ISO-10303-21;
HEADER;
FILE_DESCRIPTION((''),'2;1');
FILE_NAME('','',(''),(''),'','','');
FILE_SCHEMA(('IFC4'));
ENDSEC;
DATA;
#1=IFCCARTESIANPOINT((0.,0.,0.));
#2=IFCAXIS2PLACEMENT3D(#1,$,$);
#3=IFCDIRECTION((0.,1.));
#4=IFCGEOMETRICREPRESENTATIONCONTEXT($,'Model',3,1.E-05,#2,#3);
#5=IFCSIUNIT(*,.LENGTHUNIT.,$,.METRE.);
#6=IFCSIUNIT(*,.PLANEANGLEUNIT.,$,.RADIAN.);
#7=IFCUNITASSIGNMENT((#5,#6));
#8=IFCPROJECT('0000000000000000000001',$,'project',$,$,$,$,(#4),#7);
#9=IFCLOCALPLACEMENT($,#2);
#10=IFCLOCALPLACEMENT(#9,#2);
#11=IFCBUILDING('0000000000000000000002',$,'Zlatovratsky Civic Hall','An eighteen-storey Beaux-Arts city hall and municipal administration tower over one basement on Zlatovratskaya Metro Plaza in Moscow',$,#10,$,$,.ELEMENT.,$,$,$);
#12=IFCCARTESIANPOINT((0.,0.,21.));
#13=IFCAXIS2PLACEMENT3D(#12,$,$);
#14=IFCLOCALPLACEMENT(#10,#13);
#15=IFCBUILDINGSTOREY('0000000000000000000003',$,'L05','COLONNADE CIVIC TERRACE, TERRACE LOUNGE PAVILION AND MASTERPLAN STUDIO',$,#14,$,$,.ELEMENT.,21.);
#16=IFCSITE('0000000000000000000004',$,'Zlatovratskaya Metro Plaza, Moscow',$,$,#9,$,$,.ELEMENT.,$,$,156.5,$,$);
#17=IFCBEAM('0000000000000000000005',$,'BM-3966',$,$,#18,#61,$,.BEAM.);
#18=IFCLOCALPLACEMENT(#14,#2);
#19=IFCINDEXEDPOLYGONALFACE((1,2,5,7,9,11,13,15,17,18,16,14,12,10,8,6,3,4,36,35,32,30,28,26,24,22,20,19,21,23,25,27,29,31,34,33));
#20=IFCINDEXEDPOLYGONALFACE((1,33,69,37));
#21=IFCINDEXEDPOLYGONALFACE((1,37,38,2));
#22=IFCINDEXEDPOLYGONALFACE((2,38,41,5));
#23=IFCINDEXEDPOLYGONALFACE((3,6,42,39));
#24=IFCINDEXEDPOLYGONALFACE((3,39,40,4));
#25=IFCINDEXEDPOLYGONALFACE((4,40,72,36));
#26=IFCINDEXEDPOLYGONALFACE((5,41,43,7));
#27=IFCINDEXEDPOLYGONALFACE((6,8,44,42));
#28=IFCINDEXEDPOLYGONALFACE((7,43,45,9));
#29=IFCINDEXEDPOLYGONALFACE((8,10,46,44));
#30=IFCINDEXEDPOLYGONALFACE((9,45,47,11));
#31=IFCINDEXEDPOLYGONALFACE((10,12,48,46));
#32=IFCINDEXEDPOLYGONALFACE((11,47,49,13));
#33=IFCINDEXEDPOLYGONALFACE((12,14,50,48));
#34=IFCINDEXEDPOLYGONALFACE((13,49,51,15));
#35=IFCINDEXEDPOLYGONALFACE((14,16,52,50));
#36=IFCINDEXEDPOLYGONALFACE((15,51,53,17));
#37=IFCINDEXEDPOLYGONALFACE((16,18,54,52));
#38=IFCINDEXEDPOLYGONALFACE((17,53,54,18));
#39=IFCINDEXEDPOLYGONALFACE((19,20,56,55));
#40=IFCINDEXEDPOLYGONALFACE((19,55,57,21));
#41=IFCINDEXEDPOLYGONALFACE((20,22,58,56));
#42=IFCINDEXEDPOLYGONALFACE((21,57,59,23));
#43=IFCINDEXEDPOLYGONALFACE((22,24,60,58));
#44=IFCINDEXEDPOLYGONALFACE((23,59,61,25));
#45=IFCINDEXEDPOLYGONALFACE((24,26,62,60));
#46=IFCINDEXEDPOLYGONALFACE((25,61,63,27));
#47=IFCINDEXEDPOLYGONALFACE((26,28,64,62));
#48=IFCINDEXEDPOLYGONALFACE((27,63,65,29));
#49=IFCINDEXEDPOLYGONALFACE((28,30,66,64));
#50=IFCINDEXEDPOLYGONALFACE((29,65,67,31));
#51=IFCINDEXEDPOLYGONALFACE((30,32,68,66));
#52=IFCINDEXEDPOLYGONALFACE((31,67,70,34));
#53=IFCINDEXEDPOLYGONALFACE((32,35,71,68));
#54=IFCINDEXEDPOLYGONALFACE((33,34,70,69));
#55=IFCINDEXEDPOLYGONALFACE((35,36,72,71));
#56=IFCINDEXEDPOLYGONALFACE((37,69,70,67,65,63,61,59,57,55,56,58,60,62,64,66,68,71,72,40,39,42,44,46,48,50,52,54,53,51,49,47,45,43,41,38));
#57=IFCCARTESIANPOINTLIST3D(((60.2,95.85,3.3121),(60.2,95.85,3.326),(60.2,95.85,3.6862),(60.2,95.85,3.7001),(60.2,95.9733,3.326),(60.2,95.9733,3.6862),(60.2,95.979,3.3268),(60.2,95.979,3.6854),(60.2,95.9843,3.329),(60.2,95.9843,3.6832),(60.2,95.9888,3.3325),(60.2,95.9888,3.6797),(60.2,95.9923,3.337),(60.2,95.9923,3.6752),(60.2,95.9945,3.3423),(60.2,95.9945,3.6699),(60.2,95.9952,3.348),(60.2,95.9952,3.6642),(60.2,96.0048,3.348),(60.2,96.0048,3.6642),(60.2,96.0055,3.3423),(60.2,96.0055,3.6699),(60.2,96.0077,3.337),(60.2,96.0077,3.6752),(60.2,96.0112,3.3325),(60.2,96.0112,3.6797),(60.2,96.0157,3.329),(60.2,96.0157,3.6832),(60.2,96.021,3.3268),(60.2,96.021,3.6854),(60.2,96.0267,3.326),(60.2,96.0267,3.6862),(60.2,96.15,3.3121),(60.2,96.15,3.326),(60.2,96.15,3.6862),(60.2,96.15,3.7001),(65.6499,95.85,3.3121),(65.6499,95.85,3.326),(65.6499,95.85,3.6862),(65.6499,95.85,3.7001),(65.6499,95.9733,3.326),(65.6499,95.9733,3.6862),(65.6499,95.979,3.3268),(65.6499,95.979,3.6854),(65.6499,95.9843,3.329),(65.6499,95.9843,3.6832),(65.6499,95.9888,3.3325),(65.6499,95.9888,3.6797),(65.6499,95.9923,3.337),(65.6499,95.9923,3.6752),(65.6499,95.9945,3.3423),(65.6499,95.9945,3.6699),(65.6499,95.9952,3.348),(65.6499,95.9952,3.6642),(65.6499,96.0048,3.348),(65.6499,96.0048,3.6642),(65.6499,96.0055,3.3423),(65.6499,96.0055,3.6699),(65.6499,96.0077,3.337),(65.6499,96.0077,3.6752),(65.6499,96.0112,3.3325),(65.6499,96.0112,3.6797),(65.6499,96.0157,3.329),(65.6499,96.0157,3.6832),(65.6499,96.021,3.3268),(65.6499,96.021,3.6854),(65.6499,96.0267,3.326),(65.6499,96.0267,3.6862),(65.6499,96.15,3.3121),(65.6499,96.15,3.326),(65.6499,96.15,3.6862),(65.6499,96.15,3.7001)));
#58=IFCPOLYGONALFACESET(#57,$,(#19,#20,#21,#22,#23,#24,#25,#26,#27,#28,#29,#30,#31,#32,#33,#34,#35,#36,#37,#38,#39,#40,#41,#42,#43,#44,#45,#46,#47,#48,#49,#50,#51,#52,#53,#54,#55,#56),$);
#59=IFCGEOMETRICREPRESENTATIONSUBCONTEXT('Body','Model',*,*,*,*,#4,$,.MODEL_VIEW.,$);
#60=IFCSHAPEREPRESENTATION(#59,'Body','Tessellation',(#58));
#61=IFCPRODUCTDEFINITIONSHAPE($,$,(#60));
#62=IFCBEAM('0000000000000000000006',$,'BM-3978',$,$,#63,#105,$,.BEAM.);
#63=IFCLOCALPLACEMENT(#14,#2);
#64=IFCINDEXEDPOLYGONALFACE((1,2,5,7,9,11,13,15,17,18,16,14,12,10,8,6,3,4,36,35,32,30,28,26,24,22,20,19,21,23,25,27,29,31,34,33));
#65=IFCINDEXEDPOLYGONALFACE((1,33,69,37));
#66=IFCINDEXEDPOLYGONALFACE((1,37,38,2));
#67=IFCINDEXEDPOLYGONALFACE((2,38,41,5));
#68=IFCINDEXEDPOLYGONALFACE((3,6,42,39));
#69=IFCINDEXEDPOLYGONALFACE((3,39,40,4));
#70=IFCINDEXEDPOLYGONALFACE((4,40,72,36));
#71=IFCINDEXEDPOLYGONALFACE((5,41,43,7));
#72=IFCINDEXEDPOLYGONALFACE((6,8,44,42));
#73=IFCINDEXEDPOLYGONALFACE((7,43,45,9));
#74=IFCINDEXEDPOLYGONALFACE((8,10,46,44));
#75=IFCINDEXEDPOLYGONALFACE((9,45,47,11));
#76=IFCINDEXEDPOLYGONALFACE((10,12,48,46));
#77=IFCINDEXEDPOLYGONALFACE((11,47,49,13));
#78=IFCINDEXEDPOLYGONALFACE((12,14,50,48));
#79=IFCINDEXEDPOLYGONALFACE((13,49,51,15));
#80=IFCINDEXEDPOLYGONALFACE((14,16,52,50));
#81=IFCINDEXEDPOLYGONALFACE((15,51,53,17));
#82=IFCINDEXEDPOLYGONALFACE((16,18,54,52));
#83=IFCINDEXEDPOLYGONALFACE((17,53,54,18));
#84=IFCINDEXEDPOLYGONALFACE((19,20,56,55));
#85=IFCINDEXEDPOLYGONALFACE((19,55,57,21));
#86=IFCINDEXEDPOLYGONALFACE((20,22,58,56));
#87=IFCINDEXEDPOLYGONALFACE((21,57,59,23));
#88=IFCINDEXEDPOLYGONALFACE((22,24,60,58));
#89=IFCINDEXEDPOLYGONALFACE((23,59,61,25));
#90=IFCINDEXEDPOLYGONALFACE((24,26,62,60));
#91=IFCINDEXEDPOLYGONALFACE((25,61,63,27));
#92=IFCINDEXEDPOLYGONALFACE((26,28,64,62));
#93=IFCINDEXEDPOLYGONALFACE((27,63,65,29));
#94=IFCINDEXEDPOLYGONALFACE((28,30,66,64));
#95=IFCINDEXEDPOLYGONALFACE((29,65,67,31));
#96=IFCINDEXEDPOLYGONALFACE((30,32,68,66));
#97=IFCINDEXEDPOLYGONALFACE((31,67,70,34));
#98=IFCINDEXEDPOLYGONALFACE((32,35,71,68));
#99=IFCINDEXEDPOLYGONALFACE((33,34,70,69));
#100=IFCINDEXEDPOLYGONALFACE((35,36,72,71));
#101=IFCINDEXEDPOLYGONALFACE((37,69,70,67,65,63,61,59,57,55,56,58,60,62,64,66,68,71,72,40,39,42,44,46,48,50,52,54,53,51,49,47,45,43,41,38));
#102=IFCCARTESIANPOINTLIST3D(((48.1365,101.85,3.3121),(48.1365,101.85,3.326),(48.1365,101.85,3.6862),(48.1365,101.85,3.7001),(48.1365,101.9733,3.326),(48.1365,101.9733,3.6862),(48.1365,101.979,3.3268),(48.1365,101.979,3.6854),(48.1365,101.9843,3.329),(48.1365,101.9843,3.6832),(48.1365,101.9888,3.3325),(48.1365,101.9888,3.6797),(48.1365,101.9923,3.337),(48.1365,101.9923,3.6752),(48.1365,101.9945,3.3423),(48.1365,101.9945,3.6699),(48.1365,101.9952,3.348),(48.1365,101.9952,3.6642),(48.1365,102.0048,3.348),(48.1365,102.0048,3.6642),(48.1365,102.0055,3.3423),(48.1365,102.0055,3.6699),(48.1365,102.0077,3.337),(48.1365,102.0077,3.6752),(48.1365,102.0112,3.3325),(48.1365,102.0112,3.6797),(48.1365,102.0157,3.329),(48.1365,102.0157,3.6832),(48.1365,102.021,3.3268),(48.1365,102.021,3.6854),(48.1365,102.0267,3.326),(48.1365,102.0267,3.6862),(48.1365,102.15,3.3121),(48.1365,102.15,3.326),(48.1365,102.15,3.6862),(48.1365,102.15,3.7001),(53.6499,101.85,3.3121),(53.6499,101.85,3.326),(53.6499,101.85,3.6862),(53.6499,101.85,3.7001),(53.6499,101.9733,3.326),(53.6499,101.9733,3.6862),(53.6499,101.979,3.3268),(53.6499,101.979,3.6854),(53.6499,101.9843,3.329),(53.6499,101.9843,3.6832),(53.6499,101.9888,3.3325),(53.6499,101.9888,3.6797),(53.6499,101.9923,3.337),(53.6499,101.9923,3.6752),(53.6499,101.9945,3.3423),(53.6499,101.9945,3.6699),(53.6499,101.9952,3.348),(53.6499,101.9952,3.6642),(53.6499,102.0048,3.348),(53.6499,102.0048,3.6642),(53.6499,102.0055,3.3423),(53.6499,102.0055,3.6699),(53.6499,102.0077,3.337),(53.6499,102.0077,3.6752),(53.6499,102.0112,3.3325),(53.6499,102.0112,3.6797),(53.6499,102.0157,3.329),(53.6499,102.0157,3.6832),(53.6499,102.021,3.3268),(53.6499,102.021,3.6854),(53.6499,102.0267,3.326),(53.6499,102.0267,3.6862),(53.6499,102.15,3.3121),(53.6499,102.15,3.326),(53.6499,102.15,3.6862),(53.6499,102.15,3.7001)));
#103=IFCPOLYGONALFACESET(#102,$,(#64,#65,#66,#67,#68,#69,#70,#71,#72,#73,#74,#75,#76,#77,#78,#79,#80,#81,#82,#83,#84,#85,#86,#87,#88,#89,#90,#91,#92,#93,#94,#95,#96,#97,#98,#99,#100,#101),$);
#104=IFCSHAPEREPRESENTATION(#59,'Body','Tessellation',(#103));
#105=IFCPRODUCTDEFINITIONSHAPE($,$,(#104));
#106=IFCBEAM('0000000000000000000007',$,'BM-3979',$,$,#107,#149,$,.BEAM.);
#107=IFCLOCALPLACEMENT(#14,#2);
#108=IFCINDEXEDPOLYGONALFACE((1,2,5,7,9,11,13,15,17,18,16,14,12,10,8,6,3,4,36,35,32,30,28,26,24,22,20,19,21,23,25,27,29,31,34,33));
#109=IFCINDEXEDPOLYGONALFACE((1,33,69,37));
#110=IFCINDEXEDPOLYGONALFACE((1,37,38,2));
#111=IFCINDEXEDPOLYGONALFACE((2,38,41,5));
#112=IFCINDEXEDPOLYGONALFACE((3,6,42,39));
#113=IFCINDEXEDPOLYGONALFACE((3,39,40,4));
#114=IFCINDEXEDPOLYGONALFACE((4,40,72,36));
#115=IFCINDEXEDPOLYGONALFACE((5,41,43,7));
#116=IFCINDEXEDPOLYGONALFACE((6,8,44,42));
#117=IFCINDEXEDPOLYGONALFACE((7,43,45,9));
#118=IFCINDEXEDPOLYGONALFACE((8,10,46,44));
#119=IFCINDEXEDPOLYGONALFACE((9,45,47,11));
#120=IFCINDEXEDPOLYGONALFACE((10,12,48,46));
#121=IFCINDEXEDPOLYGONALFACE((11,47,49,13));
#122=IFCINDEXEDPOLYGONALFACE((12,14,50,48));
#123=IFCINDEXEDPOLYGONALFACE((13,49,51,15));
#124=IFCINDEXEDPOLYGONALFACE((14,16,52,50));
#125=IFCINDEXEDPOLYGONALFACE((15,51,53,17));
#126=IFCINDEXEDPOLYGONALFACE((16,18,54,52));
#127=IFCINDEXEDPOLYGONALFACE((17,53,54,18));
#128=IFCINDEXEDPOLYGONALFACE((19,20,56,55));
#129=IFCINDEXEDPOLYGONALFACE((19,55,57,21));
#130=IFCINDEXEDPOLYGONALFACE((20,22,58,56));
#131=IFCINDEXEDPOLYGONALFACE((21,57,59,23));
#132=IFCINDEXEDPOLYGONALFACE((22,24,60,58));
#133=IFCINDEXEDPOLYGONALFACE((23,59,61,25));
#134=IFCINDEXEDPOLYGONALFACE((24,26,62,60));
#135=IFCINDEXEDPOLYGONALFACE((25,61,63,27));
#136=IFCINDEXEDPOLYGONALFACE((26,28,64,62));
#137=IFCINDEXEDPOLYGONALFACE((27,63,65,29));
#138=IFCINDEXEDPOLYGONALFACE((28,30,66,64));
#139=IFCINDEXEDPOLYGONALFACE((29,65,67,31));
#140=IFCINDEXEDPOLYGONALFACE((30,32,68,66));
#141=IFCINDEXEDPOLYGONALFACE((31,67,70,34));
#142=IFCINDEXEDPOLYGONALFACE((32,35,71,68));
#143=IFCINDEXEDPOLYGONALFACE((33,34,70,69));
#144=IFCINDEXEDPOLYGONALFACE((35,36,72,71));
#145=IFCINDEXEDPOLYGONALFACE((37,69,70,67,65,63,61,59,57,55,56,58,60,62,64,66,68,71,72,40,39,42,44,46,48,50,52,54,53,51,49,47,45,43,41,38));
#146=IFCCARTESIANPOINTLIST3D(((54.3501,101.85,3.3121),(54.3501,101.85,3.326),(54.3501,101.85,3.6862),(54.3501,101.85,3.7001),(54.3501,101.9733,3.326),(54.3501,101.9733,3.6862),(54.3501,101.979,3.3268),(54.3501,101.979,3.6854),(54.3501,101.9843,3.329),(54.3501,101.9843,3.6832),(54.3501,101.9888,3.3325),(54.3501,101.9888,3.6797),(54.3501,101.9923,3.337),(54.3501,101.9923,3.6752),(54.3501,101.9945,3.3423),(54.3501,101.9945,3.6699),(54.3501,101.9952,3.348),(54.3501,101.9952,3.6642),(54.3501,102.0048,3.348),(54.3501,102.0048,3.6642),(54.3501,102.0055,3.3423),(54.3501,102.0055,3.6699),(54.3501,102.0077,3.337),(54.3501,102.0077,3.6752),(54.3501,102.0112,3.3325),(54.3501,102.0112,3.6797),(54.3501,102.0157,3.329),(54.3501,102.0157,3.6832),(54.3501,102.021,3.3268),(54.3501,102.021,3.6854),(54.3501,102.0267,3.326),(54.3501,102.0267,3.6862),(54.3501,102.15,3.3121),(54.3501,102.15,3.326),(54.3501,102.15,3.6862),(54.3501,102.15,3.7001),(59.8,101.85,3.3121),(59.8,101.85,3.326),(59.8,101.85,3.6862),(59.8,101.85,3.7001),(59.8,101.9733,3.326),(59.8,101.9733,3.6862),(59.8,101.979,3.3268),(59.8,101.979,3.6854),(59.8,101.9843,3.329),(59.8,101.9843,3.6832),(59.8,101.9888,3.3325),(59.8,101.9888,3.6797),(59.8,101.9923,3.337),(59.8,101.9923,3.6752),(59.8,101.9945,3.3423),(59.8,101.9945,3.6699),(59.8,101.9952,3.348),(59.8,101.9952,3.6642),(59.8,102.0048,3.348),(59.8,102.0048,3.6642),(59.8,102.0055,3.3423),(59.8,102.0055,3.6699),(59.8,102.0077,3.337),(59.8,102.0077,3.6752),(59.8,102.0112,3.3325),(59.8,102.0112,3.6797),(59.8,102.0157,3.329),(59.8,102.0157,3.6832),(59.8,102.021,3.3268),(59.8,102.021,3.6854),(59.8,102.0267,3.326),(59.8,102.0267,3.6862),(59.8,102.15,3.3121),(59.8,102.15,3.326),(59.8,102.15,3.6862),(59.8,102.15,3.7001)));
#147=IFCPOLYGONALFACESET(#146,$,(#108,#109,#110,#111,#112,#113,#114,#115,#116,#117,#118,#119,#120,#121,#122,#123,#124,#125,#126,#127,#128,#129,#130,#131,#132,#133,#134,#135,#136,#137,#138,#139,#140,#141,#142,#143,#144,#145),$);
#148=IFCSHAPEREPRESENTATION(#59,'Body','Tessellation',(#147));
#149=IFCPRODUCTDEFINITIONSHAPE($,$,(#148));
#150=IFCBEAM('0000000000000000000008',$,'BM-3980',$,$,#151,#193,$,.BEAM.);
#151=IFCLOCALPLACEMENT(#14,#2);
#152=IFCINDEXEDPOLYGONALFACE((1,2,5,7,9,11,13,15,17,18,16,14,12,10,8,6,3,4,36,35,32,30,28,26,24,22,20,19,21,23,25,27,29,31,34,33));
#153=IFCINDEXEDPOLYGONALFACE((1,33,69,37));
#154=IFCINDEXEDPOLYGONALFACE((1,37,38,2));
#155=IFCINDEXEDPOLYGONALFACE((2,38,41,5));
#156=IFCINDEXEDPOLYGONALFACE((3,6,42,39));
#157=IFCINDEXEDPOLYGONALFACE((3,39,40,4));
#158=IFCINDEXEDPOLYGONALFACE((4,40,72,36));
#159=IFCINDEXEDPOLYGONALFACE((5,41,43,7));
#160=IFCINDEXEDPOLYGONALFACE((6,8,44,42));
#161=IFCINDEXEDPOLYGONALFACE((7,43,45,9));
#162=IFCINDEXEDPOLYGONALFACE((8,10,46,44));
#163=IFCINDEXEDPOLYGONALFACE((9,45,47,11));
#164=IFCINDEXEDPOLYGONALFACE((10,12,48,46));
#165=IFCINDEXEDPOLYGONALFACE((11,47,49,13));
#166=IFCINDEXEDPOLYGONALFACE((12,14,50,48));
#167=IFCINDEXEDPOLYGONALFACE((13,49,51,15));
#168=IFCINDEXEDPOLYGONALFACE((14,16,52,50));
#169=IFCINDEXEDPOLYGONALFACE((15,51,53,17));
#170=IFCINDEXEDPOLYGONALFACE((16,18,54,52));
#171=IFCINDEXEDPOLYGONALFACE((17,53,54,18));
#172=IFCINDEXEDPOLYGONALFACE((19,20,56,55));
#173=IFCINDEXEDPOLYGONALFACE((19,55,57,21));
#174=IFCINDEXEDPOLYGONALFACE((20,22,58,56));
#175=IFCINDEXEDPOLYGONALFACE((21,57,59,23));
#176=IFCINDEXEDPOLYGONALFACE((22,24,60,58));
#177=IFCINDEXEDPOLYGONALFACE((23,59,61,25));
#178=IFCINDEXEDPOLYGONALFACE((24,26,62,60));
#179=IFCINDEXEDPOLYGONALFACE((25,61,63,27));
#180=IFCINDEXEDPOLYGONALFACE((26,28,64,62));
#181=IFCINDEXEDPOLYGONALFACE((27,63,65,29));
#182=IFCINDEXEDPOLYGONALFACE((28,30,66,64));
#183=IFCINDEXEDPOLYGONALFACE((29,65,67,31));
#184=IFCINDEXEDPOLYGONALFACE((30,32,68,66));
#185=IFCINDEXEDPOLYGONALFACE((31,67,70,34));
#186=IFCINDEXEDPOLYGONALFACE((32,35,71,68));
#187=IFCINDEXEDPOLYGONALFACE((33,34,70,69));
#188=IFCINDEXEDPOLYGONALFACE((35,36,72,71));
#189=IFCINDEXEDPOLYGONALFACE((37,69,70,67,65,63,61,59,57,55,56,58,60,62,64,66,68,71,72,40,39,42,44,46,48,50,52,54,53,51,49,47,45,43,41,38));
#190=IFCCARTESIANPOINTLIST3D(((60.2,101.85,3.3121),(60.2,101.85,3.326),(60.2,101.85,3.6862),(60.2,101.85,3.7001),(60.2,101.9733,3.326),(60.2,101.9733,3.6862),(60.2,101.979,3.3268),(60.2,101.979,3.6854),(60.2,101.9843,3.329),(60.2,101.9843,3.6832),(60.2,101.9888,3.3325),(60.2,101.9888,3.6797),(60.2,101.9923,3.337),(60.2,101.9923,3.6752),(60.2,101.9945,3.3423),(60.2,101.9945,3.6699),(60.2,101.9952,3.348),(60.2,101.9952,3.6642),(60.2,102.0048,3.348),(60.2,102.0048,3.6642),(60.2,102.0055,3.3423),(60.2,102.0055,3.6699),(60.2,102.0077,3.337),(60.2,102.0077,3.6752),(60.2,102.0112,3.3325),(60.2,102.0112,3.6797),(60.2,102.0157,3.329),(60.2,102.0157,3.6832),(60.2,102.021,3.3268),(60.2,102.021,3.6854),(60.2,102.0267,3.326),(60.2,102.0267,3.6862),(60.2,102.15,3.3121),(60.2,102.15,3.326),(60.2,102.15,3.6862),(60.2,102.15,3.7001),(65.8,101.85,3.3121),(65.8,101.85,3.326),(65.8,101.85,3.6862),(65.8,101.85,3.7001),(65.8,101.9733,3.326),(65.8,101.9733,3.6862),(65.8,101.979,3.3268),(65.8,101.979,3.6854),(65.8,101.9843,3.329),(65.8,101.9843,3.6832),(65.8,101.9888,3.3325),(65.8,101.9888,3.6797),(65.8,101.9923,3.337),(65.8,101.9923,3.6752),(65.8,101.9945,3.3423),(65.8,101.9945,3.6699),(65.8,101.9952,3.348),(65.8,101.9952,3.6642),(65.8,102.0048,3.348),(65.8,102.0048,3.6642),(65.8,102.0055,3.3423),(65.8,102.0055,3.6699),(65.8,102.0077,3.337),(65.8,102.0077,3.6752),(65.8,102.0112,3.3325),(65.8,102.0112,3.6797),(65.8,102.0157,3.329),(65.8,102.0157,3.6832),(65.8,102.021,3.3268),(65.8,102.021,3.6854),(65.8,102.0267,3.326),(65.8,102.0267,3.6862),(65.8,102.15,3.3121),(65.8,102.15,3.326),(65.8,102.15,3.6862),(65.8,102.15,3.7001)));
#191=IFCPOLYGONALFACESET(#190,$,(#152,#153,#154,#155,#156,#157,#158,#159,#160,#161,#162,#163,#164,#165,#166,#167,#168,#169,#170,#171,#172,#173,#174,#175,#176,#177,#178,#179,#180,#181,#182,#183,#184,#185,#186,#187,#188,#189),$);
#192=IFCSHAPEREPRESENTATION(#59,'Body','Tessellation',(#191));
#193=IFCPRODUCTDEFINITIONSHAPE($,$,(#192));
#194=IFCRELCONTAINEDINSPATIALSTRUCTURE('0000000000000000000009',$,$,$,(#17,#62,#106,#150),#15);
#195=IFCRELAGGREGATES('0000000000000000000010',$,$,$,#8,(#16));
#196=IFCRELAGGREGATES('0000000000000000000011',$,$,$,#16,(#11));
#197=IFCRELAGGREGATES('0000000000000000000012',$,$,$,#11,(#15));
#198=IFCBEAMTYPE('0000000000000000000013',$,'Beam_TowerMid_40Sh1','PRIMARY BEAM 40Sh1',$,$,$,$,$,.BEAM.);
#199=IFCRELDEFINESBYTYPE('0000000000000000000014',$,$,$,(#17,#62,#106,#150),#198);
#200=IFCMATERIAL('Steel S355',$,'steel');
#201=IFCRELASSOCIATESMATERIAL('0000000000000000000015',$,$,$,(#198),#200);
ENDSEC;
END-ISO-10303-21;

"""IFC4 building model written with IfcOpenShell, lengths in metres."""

from ifc_helpers import new_model, si_unit, direction, frame, origin, origin_2d, place, context, subcontext, project, spatial, i_section, extrude, material, material_profile, profile_set, type_object, element, save


model = new_model("IFC4")

# Units and contexts
model_context = context("Model", 3, precision=1e-05, world=origin(), true_north=direction((0.0, 1.0)))
body_context = subcontext(model_context, "Body", "Model", "MODEL_VIEW")
ifc_project = project(units=[si_unit("LENGTHUNIT", "METRE"), si_unit("PLANEANGLEUNIT", "RADIAN")], contexts=[model_context])

# Site, building, storey
site_placement = place(None, origin())
site = spatial("IfcSite", under=ifc_project, at=site_placement, Name="Zlatovratskaya Metro Plaza, Moscow", CompositionType="ELEMENT", RefElevation=156.5)
building_placement = place(site_placement, origin())
building = spatial("IfcBuilding", under=site, at=building_placement, Name="Zlatovratsky Civic Hall", Description="An eighteen-storey Beaux-Arts city hall and municipal administration tower over one basement on Zlatovratskaya Metro Plaza in Moscow", CompositionType="ELEMENT")
storey_placement = place(building_placement, frame((0.0, 0.0, 21.0)))
storey = spatial("IfcBuildingStorey", under=building, at=storey_placement, Name="L05", Description="COLONNADE CIVIC TERRACE, TERRACE LOUNGE PAVILION AND MASTERPLAN STUDIO", CompositionType="ELEMENT", Elevation=21.0)

# Shared definitions
ifc_material_1 = material(Name="Steel S355", Category="steel")

# Beams
ifc_material_profile_1 = material_profile(ifc_material_1, i_section(OverallWidth=0.3, OverallDepth=0.3879, WebThickness=0.0095, FlangeThickness=0.0139, FilletRadius=0.022, at=origin_2d()), Name="40Sh1")
ifc_profile_set_1 = profile_set([ifc_material_profile_1], Name="Steel S355")
beam_type_1 = type_object("IfcBeamType", Name="Beam_TowerMid_40Sh1", Description="PRIMARY BEAM 40Sh1", PredefinedType="BEAM", material=ifc_profile_set_1)
for number, where, z_axis, x_axis, name in (
    (1, (60.2, 96.0, 3.5061), (1.0, 0.0, 0.0), (0.0, 1.0, 0.0), "BM-3966"),
):
    element("IfcBeam", number, at=place(storey_placement, frame(where, z_axis=z_axis, x_axis=x_axis)), inside=storey, type_object=beam_type_1, Name=name, PredefinedType="BEAM", context=body_context, shape_type="SweptSolid", body=[
        extrude(i_section(OverallWidth=0.3, OverallDepth=0.3879, WebThickness=0.0095, FlangeThickness=0.0139, FilletRadius=0.022, at=origin_2d()), origin(), (0.0, 0.0, 1.0), 5.45),
    ])
beam_1_placement = place(storey_placement, frame((48.1365, 102.0, 3.5061), z_axis=(1.0, 0.0, 0.0), x_axis=(0.0, 1.0, 0.0)))
element("IfcBeam", 2, at=beam_1_placement, inside=storey, type_object=beam_type_1, Name="BM-3978", PredefinedType="BEAM", context=body_context, shape_type="SweptSolid", body=[
    extrude(i_section(OverallWidth=0.3, OverallDepth=0.3879, WebThickness=0.0095, FlangeThickness=0.0139, FilletRadius=0.022, at=origin_2d()), origin(), (0.0, 0.0, 1.0), 5.5134),
])
beam_2_placement = place(storey_placement, frame((54.3501, 102.0, 3.5061), z_axis=(1.0, 0.0, 0.0), x_axis=(0.0, 1.0, 0.0)))
element("IfcBeam", 3, at=beam_2_placement, inside=storey, type_object=beam_type_1, Name="BM-3979", PredefinedType="BEAM", context=body_context, shape_type="SweptSolid", body=[
    extrude(i_section(OverallWidth=0.3, OverallDepth=0.3879, WebThickness=0.0095, FlangeThickness=0.0139, FilletRadius=0.022, at=origin_2d()), origin(), (0.0, 0.0, 1.0), 5.45),
])
for number, where, z_axis, x_axis, name in (
    (4, (60.2, 102.0, 3.5061), (1.0, 0.0, 0.0), (0.0, 1.0, 0.0), "BM-3980"),
):
    element("IfcBeam", number, at=place(storey_placement, frame(where, z_axis=z_axis, x_axis=x_axis)), inside=storey, type_object=beam_type_1, Name=name, PredefinedType="BEAM", context=body_context, shape_type="SweptSolid", body=[
        extrude(i_section(OverallWidth=0.3, OverallDepth=0.3879, WebThickness=0.0095, FlangeThickness=0.0139, FilletRadius=0.022, at=origin_2d()), origin(), (0.0, 0.0, 1.0), 5.6001),
    ])

save(model, "model.ifc")
